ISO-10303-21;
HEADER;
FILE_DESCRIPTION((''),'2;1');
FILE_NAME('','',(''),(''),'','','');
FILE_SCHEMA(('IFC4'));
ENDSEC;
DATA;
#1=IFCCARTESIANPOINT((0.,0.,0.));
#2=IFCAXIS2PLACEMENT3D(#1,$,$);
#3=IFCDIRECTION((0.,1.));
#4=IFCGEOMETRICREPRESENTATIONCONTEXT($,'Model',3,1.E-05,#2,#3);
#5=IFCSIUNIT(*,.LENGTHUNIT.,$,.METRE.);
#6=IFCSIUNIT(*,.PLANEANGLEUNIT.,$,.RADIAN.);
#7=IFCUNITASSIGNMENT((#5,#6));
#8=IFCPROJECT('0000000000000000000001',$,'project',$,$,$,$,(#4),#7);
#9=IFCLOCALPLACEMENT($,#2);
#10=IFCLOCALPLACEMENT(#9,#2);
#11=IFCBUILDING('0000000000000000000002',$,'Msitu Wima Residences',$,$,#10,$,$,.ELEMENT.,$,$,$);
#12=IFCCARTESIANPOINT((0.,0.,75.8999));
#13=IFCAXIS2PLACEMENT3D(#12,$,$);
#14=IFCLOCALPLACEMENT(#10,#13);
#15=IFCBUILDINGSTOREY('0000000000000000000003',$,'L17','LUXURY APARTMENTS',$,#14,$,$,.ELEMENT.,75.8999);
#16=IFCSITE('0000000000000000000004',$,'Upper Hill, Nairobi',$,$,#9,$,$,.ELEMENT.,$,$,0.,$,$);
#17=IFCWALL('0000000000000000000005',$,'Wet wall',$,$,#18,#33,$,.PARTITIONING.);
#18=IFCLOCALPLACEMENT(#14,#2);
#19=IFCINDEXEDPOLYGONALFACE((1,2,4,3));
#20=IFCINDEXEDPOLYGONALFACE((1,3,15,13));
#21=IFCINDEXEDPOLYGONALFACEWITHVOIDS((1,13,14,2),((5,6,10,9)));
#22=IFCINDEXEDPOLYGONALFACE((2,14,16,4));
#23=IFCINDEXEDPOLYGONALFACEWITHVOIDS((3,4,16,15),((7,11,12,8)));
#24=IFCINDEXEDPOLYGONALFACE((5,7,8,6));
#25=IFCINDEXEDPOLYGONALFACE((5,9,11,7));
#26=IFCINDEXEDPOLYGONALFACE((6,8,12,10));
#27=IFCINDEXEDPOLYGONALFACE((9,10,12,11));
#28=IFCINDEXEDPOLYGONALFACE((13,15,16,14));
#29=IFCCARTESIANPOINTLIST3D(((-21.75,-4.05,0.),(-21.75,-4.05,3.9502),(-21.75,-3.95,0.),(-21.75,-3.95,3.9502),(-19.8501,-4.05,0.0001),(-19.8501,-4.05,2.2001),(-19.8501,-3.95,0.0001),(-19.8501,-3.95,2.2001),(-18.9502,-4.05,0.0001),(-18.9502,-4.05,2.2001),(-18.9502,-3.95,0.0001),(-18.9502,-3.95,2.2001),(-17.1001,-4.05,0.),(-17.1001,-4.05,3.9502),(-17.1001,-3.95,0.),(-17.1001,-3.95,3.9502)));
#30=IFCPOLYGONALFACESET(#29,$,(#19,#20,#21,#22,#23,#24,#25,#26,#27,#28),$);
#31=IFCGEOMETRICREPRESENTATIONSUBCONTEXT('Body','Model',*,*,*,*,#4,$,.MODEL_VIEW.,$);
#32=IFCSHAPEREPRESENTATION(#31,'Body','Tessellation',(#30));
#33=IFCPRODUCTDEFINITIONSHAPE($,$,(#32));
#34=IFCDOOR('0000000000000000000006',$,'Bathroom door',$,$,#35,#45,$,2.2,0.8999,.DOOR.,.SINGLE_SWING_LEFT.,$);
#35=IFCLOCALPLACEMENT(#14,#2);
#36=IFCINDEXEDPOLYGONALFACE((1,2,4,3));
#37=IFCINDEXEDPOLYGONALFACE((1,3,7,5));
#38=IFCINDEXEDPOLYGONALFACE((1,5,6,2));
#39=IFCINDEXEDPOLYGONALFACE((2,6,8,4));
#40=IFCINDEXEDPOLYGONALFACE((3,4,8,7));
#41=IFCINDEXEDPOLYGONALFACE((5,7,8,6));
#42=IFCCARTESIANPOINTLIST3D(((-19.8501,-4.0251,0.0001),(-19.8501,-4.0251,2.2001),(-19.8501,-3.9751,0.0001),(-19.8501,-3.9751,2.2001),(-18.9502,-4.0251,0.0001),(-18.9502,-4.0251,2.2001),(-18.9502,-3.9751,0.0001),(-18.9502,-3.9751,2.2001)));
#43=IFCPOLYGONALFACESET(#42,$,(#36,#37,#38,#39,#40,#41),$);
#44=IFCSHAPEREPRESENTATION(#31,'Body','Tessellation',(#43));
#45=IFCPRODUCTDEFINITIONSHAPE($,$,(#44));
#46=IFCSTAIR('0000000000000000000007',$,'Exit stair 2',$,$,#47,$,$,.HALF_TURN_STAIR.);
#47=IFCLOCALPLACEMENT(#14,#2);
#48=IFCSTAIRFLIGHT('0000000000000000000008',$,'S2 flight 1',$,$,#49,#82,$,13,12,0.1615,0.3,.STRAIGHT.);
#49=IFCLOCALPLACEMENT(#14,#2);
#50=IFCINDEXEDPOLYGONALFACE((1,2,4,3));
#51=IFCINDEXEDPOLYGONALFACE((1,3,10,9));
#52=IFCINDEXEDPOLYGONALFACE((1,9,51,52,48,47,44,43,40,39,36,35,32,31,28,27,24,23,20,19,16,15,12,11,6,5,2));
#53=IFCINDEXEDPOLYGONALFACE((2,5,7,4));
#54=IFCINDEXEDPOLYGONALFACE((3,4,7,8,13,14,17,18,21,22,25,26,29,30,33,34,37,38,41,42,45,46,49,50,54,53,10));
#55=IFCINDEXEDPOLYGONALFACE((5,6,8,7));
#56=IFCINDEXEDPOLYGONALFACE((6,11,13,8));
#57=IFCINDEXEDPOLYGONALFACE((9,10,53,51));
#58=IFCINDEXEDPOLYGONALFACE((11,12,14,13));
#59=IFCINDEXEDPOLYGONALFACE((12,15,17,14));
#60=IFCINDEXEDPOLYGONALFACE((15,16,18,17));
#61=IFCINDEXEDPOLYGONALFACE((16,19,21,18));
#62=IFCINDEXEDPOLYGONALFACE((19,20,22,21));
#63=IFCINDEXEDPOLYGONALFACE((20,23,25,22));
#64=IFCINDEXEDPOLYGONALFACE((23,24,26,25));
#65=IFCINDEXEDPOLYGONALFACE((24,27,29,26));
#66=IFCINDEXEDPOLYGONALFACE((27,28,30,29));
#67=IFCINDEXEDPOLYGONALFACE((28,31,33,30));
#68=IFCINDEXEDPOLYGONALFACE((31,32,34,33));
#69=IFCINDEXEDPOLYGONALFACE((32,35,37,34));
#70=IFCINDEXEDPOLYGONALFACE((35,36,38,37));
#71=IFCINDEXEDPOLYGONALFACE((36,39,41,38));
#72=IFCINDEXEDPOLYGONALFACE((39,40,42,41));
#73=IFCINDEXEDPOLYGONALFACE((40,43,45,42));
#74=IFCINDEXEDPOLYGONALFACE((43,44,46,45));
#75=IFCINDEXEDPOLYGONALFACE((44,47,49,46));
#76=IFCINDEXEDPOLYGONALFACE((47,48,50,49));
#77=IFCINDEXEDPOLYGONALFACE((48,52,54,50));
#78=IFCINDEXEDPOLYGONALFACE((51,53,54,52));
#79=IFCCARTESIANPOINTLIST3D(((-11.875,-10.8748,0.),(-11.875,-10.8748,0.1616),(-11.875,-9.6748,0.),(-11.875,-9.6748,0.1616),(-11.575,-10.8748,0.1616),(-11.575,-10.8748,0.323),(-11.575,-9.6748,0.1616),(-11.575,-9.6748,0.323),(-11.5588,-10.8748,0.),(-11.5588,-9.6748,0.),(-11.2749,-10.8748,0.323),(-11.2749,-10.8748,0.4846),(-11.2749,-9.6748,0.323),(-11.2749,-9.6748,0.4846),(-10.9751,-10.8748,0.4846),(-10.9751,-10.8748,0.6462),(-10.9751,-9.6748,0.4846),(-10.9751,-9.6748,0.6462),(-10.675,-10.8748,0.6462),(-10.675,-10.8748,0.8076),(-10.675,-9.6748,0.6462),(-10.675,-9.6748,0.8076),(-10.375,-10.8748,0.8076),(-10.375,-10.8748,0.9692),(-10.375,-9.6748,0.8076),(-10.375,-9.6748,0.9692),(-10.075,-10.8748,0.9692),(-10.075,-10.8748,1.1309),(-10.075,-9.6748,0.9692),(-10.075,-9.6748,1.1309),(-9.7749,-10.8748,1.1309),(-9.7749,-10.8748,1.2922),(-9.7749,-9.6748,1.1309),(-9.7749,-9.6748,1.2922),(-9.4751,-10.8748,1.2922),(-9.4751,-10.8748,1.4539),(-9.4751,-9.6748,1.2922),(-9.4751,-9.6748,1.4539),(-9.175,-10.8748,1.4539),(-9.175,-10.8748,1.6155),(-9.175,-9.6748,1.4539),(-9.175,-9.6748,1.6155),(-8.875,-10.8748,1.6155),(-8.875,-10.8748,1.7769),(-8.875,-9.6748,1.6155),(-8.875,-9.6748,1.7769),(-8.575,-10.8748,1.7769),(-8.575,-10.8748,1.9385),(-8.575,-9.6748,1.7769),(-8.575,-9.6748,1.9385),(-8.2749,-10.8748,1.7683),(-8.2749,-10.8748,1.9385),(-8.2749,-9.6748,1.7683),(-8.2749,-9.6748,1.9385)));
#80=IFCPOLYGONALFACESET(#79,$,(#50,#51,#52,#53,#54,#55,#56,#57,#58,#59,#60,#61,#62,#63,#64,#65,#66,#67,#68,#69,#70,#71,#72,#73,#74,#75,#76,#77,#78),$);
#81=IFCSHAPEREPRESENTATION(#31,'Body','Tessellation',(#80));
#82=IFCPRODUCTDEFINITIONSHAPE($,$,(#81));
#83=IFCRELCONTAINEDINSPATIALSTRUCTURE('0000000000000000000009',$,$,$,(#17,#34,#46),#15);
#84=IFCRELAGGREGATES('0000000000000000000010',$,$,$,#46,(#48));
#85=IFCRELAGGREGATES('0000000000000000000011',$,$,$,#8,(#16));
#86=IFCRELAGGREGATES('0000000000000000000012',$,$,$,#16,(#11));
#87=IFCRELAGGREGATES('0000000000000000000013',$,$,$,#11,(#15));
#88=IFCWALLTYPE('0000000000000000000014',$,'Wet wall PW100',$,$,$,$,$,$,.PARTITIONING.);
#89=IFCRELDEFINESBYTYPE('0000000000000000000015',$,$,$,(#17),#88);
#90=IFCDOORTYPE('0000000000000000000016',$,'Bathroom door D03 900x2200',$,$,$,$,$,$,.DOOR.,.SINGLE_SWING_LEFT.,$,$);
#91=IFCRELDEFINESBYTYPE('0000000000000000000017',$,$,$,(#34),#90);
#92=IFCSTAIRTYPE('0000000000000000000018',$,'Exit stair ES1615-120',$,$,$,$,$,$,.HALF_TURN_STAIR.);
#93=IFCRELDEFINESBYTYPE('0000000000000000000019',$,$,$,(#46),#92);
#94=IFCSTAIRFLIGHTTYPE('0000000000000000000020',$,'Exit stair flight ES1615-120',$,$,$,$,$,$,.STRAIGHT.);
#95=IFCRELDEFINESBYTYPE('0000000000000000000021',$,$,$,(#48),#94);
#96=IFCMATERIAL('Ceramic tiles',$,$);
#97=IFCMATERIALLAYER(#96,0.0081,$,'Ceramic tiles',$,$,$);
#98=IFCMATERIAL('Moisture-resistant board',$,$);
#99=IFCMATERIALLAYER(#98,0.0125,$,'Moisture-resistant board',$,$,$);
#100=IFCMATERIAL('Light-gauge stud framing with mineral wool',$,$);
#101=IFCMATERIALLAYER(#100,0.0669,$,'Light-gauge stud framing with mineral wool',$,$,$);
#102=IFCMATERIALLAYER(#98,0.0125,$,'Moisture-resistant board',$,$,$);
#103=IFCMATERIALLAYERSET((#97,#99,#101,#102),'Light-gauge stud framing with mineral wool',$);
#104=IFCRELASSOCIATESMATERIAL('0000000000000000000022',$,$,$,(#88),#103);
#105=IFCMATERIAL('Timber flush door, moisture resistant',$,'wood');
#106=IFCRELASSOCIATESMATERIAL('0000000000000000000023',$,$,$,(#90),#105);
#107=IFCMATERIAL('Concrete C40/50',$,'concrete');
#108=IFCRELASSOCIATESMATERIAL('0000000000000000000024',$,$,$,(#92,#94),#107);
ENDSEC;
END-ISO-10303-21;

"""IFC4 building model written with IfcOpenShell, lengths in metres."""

from ifc_helpers import new_model, si_unit, direction, frame, frame_2d, origin, place, context, subcontext, project, spatial, polyline, rectangle, outline, extrude, material, layer, layer_set, type_object, element, fill, aggregate, save


model = new_model("IFC4")

# Units and contexts
model_context = context("Model", 3, precision=1e-05, world=origin(), true_north=direction((0.0, 1.0)))
body_context = subcontext(model_context, "Body", "Model", "MODEL_VIEW")
ifc_project = project(units=[si_unit("LENGTHUNIT", "METRE"), si_unit("PLANEANGLEUNIT", "RADIAN")], contexts=[model_context])

# Site, building, storey
site_placement = place(None, origin())
site = spatial("IfcSite", under=ifc_project, at=site_placement, Name="Upper Hill, Nairobi", CompositionType="ELEMENT", RefElevation=0.0)
building_placement = place(site_placement, origin())
building = spatial("IfcBuilding", under=site, at=building_placement, Name="Msitu Wima Residences", CompositionType="ELEMENT")
storey_placement = place(building_placement, frame((0.0, 0.0, 75.8999)))
storey = spatial("IfcBuildingStorey", under=building, at=storey_placement, Name="L17", Description="LUXURY APARTMENTS", CompositionType="ELEMENT", Elevation=75.8999)

# Shared definitions
ifc_material_1 = material(Name="Light-gauge stud framing with mineral wool")

# Shared definitions
ifc_material_2 = material(Name="Ceramic tiles")
ifc_layer_1 = layer(ifc_material_2, 0.0081, Name="Ceramic tiles")
ifc_material_3 = material(Name="Moisture-resistant board")
ifc_layer_2 = layer(ifc_material_3, 0.0125, Name="Moisture-resistant board")
ifc_layer_3 = layer(ifc_material_1, 0.0669, Name="Light-gauge stud framing with mineral wool")
ifc_layer_4 = layer(ifc_material_3, 0.0125, Name="Moisture-resistant board")
ifc_layer_set_1 = layer_set([ifc_layer_1, ifc_layer_2, ifc_layer_3, ifc_layer_4], Name="Light-gauge stud framing with mineral wool")
wall_type_1 = type_object("IfcWallType", Name="Wet wall PW100", PredefinedType="PARTITIONING", material=ifc_layer_set_1)

# Wall, opening, door
wall_1_placement = place(storey_placement, frame((-21.75, -4.0, 0.0), z_axis=(0.0, 0.0, 1.0), x_axis=(1.0, 0.0, 0.0)))
wall_1 = element("IfcWall", 1, at=wall_1_placement, inside=storey, type_object=wall_type_1, Name="Wet wall", PredefinedType="PARTITIONING", context=body_context, shape_type="SweptSolid", body=[
    extrude(rectangle(XDim=4.6499, YDim=0.1001, at=frame_2d((2.325, 0.0))), origin(), (0.0, 0.0, 1.0), 3.9502),
])
opening_1_placement = place(wall_1_placement, frame((1.8999, 0.0, 0.0)))
opening_1 = element("IfcOpeningElement", 2, at=opening_1_placement, cuts=wall_1, PredefinedType="OPENING", context=body_context, shape_type="SweptSolid", body=[
    extrude(rectangle(XDim=0.8999, YDim=2.2, at=frame_2d((0.45, 1.1001))), frame((0.0, 0.0601, 0.0), z_axis=(0.0, -1.0, 0.0), x_axis=(1.0, 0.0, 0.0)), (0.0, 0.0, 1.0), 0.1201),
])
ifc_material_4 = material(Name="Timber flush door, moisture resistant", Category="wood")
door_type_1 = type_object("IfcDoorType", Name="Bathroom door D03 900x2200", OperationType="SINGLE_SWING_LEFT", PredefinedType="DOOR", material=ifc_material_4)
door_1_placement = place(opening_1_placement, origin())
door_1 = element("IfcDoor", 3, at=door_1_placement, inside=storey, type_object=door_type_1, Name="Bathroom door", OperationType="SINGLE_SWING_LEFT", OverallHeight=2.2, OverallWidth=0.8999, PredefinedType="DOOR", context=body_context, shape_type="SweptSolid", body=[
    extrude(rectangle(XDim=0.8999, YDim=2.2, at=frame_2d((0.45, 1.1001))), frame((0.0, 0.0249, 0.0), z_axis=(0.0, -1.0, 0.0), x_axis=(1.0, 0.0, 0.0)), (0.0, 0.0, 1.0), 0.05),
])
fill(opening_1, door_1)

# Stair, stair flight
ifc_material_5 = material(Name="Concrete C40/50", Category="concrete")
stair_type = type_object("IfcStairType", Name="Exit stair ES1615-120", PredefinedType="HALF_TURN_STAIR", material=ifc_material_5)
stair_placement = place(storey_placement, origin())
stair = element("IfcStair", 4, at=stair_placement, inside=storey, type_object=stair_type, Name="Exit stair 2", PredefinedType="HALF_TURN_STAIR")
stair_flight_type = type_object("IfcStairFlightType", Name="Exit stair flight ES1615-120", PredefinedType="STRAIGHT", material=ifc_material_5)
stair_flight_placement = place(storey_placement, frame((-11.875, -10.2749, 0.0), z_axis=(0.0, 0.0, 1.0), x_axis=(1.0, 0.0, 0.0)))
stair_flight = element("IfcStairFlight", 5, at=stair_flight_placement, type_object=stair_flight_type, Name="S2 flight 1", NumberOfRisers=13, NumberOfTreads=12, PredefinedType="STRAIGHT", RiserHeight=0.1615, TreadLength=0.3, context=body_context, shape_type="SweptSolid", body=[
    extrude(outline(polyline([(0.0, 0.0), (0.0, 0.1616), (0.3, 0.1616), (0.3, 0.323), (0.6001, 0.323), (0.6001, 0.4846), (0.8999, 0.4846), (0.8999, 0.6462), (1.2, 0.6462), (1.2, 0.8076), (1.5, 0.8076), (1.5, 0.9692), (1.8, 0.9692), (1.8, 1.1309), (2.1001, 1.1309), (2.1001, 1.2922), (2.3999, 1.2922), (2.3999, 1.4539), (2.7, 1.4539), (2.7, 1.6155), (3.0, 1.6155), (3.0, 1.7769), (3.3, 1.7769), (3.3, 1.9385), (3.6001, 1.9385), (3.6001, 2.1001), (3.6001, 1.7683), (0.3162, 0.0), (0.0, 0.0)])), frame((0.0, 0.6001, 0.0), z_axis=(0.0, -1.0, 0.0), x_axis=(1.0, 0.0, 0.0)), (0.0, 0.0, 1.0), 1.2),
])
aggregate(stair, [stair_flight])

save(model, "model.ifc")
